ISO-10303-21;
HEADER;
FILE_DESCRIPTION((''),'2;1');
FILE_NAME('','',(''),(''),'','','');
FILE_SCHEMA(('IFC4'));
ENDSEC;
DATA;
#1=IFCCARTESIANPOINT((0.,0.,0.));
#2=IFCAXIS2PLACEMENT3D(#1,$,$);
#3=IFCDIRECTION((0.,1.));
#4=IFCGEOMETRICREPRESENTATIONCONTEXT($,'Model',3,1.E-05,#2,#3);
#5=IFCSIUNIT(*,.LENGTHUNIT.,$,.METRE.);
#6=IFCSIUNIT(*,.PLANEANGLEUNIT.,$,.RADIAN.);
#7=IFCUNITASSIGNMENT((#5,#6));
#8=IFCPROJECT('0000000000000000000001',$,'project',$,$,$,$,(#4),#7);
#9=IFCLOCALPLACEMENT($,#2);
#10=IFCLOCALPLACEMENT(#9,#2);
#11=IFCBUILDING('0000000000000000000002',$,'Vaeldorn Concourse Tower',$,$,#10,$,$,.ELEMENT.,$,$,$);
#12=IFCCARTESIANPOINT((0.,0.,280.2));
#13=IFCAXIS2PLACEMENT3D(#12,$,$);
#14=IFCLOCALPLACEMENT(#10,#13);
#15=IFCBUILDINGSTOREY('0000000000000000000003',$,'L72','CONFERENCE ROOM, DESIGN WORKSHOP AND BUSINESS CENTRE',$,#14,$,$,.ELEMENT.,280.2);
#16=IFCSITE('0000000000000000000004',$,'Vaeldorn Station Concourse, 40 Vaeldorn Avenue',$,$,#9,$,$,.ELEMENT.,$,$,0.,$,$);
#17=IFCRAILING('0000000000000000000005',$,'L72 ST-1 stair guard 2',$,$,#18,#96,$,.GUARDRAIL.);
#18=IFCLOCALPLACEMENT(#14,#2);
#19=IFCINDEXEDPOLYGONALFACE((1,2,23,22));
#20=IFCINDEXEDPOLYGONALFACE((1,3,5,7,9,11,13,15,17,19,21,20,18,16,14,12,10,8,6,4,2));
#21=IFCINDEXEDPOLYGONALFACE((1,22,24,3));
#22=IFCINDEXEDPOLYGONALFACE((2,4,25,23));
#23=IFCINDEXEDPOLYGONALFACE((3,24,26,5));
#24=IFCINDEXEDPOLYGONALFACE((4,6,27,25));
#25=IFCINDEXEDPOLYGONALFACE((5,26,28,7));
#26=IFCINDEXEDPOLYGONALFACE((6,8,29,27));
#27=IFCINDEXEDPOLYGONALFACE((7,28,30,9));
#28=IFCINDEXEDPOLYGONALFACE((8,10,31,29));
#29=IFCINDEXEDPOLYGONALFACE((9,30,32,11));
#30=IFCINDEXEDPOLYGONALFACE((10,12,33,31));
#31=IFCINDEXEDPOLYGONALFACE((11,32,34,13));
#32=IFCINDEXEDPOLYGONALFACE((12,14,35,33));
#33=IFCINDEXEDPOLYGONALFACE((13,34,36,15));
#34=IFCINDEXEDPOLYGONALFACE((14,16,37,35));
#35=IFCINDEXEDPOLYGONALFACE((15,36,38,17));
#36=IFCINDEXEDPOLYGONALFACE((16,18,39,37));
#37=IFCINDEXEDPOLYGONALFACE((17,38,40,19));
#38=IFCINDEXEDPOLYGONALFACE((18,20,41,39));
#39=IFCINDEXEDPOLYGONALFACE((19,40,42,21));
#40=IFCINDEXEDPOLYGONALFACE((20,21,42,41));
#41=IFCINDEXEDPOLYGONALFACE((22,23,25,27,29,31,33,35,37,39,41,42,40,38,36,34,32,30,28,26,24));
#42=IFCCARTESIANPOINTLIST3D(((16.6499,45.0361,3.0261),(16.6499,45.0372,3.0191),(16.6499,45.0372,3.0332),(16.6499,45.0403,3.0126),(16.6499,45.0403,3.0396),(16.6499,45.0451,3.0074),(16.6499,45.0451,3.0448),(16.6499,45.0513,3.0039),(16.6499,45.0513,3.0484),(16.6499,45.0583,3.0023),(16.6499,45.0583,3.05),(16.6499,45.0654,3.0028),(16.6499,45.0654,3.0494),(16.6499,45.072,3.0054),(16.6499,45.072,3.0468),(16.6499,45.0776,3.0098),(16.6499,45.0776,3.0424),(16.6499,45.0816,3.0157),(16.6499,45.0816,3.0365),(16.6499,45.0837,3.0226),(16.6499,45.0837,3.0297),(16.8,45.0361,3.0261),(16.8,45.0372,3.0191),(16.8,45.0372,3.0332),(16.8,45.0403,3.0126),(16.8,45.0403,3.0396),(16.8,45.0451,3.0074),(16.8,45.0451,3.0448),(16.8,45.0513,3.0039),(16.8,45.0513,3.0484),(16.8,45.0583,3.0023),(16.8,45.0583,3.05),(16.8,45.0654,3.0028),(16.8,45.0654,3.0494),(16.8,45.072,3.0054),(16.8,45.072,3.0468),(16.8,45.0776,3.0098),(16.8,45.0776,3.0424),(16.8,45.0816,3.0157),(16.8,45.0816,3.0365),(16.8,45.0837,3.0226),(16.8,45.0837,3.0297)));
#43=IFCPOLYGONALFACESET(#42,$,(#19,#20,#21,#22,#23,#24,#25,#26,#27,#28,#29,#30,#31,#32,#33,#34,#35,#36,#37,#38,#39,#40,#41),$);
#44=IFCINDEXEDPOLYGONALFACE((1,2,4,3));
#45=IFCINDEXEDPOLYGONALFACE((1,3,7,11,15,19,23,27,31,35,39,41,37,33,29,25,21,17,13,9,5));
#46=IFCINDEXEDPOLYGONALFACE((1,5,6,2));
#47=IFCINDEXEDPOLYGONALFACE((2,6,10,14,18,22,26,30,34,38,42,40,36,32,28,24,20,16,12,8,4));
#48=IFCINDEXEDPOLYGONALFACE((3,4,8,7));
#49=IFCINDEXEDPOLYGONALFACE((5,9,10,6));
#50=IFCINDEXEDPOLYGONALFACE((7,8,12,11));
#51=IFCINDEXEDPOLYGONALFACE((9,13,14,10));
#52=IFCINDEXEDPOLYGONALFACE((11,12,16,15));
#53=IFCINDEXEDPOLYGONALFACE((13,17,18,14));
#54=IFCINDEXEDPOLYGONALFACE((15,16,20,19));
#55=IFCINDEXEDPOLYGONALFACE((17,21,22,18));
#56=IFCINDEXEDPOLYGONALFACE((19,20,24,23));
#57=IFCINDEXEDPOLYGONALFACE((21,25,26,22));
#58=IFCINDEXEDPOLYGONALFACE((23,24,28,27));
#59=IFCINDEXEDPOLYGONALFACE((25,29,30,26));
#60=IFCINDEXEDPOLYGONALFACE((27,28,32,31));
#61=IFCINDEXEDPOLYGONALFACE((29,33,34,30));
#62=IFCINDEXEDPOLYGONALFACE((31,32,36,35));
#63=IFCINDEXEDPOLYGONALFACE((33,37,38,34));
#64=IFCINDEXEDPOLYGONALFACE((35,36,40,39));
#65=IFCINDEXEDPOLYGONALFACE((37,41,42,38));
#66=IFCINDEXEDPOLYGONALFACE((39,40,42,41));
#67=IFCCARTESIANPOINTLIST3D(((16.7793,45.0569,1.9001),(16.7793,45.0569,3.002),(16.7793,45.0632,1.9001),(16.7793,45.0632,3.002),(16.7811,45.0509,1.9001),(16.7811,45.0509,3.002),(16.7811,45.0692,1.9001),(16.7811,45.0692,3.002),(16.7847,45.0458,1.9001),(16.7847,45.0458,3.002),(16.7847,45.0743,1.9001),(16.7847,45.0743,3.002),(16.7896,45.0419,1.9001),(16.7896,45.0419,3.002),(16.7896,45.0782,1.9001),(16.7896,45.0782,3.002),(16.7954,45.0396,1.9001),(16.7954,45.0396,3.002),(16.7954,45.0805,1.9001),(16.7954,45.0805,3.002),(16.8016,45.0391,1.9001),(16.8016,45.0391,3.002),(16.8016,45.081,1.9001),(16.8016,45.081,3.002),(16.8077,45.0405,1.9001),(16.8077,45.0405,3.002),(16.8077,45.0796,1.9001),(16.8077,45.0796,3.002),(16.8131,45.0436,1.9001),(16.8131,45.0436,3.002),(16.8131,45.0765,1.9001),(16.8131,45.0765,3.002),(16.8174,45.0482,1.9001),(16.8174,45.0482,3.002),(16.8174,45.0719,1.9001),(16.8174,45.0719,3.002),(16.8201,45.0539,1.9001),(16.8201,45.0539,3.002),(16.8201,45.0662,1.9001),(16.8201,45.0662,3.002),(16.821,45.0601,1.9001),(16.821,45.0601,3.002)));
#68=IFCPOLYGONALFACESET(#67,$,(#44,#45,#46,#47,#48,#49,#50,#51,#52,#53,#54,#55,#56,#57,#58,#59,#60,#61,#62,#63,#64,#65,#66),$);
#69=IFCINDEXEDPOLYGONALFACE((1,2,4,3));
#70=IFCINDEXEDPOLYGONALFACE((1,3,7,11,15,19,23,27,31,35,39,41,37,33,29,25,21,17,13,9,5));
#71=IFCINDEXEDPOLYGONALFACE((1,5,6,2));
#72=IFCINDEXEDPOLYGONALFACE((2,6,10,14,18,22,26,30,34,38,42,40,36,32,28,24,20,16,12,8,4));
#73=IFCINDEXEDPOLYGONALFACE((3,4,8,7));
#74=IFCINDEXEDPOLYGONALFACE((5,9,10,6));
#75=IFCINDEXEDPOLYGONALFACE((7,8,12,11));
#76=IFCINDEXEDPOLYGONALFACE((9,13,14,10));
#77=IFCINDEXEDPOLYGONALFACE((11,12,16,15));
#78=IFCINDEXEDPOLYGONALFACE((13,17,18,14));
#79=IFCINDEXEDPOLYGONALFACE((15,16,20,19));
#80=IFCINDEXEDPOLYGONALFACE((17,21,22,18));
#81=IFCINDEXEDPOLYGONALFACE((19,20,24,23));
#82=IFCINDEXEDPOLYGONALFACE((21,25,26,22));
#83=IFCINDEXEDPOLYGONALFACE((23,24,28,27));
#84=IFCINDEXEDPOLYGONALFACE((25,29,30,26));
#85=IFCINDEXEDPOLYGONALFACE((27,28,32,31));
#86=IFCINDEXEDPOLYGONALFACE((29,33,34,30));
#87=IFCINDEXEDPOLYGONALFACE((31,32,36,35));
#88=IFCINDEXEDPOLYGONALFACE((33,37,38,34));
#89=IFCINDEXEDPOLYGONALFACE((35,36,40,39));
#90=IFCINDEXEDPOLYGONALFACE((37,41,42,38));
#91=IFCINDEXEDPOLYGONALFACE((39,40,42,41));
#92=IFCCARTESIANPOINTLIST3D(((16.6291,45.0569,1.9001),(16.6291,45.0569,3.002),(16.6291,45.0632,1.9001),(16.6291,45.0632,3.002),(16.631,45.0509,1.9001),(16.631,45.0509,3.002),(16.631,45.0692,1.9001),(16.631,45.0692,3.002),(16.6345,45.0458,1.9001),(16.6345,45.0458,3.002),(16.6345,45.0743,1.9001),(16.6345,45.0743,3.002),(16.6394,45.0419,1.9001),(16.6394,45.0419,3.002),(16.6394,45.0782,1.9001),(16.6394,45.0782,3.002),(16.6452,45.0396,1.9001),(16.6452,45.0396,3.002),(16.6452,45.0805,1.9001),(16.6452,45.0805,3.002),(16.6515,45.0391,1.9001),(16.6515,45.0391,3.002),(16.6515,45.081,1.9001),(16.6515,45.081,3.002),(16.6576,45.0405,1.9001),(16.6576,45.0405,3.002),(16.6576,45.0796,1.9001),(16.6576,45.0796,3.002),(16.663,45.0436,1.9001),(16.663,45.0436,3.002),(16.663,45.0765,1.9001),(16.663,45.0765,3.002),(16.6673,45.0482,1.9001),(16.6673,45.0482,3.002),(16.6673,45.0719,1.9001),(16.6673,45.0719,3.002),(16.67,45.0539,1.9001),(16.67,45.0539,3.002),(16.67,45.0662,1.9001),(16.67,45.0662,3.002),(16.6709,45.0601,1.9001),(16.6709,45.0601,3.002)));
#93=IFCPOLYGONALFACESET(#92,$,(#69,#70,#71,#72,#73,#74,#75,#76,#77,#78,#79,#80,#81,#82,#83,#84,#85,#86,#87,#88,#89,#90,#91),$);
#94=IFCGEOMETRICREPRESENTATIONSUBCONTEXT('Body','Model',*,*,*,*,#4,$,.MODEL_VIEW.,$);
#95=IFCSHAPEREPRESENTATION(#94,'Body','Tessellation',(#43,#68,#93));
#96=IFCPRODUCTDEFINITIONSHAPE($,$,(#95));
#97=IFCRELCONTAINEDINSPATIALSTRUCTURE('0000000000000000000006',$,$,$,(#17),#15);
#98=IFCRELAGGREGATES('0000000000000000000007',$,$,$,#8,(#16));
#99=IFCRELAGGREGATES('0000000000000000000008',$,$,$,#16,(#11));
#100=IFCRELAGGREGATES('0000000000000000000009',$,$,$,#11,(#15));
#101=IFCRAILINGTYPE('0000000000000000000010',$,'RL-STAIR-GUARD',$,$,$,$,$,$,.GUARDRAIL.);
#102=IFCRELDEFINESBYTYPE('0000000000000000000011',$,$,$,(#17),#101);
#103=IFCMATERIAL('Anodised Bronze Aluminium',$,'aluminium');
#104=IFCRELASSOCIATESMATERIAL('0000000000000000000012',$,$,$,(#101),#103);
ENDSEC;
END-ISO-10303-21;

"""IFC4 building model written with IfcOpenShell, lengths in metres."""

from ifc_helpers import new_model, si_unit, direction, frame, origin, origin_2d, place, context, subcontext, project, spatial, circle, extrude, material, type_object, element, save


model = new_model("IFC4")

# Units and contexts
model_context = context("Model", 3, precision=1e-05, world=origin(), true_north=direction((0.0, 1.0)))
body_context = subcontext(model_context, "Body", "Model", "MODEL_VIEW")
ifc_project = project(units=[si_unit("LENGTHUNIT", "METRE"), si_unit("PLANEANGLEUNIT", "RADIAN")], contexts=[model_context])

# Site, building, storey
site_placement = place(None, origin())
site = spatial("IfcSite", under=ifc_project, at=site_placement, Name="Vaeldorn Station Concourse, 40 Vaeldorn Avenue", CompositionType="ELEMENT", RefElevation=0.0)
building_placement = place(site_placement, origin())
building = spatial("IfcBuilding", under=site, at=building_placement, Name="Vaeldorn Concourse Tower", CompositionType="ELEMENT")
storey_placement = place(building_placement, frame((0.0, 0.0, 280.2)))
storey = spatial("IfcBuildingStorey", under=building, at=storey_placement, Name="L72", Description="CONFERENCE ROOM, DESIGN WORKSHOP AND BUSINESS CENTRE", CompositionType="ELEMENT", Elevation=280.2)

# Shared definitions
ifc_material_1 = material(Name="Anodised Bronze Aluminium", Category="aluminium")

# Railing
railing_type_1 = type_object("IfcRailingType", Name="RL-STAIR-GUARD", PredefinedType="GUARDRAIL", material=ifc_material_1)
railing_1_placement = place(storey_placement, frame((16.8, 45.0601, 1.9001)))
element("IfcRailing", 1, at=railing_1_placement, inside=storey, type_object=railing_type_1, Name="L72 ST-1 stair guard 2", PredefinedType="GUARDRAIL", context=body_context, shape_type="SweptSolid", body=[
    extrude(circle(Radius=0.0239, at=origin_2d()), frame((0.0, 0.0, 1.126), z_axis=(-1.0, 0.0, 0.0), x_axis=(0.0, -1.0, 0.0)), (0.0, 0.0, 1.0), 0.1501),
    extrude(circle(Radius=0.021, at=origin_2d()), origin(), (0.0, 0.0, 1.0), 1.1018),
    extrude(circle(Radius=0.021, at=origin_2d()), frame((-0.1501, 0.0, 0.0)), (0.0, 0.0, 1.0), 1.1018),
])

save(model, "model.ifc")
